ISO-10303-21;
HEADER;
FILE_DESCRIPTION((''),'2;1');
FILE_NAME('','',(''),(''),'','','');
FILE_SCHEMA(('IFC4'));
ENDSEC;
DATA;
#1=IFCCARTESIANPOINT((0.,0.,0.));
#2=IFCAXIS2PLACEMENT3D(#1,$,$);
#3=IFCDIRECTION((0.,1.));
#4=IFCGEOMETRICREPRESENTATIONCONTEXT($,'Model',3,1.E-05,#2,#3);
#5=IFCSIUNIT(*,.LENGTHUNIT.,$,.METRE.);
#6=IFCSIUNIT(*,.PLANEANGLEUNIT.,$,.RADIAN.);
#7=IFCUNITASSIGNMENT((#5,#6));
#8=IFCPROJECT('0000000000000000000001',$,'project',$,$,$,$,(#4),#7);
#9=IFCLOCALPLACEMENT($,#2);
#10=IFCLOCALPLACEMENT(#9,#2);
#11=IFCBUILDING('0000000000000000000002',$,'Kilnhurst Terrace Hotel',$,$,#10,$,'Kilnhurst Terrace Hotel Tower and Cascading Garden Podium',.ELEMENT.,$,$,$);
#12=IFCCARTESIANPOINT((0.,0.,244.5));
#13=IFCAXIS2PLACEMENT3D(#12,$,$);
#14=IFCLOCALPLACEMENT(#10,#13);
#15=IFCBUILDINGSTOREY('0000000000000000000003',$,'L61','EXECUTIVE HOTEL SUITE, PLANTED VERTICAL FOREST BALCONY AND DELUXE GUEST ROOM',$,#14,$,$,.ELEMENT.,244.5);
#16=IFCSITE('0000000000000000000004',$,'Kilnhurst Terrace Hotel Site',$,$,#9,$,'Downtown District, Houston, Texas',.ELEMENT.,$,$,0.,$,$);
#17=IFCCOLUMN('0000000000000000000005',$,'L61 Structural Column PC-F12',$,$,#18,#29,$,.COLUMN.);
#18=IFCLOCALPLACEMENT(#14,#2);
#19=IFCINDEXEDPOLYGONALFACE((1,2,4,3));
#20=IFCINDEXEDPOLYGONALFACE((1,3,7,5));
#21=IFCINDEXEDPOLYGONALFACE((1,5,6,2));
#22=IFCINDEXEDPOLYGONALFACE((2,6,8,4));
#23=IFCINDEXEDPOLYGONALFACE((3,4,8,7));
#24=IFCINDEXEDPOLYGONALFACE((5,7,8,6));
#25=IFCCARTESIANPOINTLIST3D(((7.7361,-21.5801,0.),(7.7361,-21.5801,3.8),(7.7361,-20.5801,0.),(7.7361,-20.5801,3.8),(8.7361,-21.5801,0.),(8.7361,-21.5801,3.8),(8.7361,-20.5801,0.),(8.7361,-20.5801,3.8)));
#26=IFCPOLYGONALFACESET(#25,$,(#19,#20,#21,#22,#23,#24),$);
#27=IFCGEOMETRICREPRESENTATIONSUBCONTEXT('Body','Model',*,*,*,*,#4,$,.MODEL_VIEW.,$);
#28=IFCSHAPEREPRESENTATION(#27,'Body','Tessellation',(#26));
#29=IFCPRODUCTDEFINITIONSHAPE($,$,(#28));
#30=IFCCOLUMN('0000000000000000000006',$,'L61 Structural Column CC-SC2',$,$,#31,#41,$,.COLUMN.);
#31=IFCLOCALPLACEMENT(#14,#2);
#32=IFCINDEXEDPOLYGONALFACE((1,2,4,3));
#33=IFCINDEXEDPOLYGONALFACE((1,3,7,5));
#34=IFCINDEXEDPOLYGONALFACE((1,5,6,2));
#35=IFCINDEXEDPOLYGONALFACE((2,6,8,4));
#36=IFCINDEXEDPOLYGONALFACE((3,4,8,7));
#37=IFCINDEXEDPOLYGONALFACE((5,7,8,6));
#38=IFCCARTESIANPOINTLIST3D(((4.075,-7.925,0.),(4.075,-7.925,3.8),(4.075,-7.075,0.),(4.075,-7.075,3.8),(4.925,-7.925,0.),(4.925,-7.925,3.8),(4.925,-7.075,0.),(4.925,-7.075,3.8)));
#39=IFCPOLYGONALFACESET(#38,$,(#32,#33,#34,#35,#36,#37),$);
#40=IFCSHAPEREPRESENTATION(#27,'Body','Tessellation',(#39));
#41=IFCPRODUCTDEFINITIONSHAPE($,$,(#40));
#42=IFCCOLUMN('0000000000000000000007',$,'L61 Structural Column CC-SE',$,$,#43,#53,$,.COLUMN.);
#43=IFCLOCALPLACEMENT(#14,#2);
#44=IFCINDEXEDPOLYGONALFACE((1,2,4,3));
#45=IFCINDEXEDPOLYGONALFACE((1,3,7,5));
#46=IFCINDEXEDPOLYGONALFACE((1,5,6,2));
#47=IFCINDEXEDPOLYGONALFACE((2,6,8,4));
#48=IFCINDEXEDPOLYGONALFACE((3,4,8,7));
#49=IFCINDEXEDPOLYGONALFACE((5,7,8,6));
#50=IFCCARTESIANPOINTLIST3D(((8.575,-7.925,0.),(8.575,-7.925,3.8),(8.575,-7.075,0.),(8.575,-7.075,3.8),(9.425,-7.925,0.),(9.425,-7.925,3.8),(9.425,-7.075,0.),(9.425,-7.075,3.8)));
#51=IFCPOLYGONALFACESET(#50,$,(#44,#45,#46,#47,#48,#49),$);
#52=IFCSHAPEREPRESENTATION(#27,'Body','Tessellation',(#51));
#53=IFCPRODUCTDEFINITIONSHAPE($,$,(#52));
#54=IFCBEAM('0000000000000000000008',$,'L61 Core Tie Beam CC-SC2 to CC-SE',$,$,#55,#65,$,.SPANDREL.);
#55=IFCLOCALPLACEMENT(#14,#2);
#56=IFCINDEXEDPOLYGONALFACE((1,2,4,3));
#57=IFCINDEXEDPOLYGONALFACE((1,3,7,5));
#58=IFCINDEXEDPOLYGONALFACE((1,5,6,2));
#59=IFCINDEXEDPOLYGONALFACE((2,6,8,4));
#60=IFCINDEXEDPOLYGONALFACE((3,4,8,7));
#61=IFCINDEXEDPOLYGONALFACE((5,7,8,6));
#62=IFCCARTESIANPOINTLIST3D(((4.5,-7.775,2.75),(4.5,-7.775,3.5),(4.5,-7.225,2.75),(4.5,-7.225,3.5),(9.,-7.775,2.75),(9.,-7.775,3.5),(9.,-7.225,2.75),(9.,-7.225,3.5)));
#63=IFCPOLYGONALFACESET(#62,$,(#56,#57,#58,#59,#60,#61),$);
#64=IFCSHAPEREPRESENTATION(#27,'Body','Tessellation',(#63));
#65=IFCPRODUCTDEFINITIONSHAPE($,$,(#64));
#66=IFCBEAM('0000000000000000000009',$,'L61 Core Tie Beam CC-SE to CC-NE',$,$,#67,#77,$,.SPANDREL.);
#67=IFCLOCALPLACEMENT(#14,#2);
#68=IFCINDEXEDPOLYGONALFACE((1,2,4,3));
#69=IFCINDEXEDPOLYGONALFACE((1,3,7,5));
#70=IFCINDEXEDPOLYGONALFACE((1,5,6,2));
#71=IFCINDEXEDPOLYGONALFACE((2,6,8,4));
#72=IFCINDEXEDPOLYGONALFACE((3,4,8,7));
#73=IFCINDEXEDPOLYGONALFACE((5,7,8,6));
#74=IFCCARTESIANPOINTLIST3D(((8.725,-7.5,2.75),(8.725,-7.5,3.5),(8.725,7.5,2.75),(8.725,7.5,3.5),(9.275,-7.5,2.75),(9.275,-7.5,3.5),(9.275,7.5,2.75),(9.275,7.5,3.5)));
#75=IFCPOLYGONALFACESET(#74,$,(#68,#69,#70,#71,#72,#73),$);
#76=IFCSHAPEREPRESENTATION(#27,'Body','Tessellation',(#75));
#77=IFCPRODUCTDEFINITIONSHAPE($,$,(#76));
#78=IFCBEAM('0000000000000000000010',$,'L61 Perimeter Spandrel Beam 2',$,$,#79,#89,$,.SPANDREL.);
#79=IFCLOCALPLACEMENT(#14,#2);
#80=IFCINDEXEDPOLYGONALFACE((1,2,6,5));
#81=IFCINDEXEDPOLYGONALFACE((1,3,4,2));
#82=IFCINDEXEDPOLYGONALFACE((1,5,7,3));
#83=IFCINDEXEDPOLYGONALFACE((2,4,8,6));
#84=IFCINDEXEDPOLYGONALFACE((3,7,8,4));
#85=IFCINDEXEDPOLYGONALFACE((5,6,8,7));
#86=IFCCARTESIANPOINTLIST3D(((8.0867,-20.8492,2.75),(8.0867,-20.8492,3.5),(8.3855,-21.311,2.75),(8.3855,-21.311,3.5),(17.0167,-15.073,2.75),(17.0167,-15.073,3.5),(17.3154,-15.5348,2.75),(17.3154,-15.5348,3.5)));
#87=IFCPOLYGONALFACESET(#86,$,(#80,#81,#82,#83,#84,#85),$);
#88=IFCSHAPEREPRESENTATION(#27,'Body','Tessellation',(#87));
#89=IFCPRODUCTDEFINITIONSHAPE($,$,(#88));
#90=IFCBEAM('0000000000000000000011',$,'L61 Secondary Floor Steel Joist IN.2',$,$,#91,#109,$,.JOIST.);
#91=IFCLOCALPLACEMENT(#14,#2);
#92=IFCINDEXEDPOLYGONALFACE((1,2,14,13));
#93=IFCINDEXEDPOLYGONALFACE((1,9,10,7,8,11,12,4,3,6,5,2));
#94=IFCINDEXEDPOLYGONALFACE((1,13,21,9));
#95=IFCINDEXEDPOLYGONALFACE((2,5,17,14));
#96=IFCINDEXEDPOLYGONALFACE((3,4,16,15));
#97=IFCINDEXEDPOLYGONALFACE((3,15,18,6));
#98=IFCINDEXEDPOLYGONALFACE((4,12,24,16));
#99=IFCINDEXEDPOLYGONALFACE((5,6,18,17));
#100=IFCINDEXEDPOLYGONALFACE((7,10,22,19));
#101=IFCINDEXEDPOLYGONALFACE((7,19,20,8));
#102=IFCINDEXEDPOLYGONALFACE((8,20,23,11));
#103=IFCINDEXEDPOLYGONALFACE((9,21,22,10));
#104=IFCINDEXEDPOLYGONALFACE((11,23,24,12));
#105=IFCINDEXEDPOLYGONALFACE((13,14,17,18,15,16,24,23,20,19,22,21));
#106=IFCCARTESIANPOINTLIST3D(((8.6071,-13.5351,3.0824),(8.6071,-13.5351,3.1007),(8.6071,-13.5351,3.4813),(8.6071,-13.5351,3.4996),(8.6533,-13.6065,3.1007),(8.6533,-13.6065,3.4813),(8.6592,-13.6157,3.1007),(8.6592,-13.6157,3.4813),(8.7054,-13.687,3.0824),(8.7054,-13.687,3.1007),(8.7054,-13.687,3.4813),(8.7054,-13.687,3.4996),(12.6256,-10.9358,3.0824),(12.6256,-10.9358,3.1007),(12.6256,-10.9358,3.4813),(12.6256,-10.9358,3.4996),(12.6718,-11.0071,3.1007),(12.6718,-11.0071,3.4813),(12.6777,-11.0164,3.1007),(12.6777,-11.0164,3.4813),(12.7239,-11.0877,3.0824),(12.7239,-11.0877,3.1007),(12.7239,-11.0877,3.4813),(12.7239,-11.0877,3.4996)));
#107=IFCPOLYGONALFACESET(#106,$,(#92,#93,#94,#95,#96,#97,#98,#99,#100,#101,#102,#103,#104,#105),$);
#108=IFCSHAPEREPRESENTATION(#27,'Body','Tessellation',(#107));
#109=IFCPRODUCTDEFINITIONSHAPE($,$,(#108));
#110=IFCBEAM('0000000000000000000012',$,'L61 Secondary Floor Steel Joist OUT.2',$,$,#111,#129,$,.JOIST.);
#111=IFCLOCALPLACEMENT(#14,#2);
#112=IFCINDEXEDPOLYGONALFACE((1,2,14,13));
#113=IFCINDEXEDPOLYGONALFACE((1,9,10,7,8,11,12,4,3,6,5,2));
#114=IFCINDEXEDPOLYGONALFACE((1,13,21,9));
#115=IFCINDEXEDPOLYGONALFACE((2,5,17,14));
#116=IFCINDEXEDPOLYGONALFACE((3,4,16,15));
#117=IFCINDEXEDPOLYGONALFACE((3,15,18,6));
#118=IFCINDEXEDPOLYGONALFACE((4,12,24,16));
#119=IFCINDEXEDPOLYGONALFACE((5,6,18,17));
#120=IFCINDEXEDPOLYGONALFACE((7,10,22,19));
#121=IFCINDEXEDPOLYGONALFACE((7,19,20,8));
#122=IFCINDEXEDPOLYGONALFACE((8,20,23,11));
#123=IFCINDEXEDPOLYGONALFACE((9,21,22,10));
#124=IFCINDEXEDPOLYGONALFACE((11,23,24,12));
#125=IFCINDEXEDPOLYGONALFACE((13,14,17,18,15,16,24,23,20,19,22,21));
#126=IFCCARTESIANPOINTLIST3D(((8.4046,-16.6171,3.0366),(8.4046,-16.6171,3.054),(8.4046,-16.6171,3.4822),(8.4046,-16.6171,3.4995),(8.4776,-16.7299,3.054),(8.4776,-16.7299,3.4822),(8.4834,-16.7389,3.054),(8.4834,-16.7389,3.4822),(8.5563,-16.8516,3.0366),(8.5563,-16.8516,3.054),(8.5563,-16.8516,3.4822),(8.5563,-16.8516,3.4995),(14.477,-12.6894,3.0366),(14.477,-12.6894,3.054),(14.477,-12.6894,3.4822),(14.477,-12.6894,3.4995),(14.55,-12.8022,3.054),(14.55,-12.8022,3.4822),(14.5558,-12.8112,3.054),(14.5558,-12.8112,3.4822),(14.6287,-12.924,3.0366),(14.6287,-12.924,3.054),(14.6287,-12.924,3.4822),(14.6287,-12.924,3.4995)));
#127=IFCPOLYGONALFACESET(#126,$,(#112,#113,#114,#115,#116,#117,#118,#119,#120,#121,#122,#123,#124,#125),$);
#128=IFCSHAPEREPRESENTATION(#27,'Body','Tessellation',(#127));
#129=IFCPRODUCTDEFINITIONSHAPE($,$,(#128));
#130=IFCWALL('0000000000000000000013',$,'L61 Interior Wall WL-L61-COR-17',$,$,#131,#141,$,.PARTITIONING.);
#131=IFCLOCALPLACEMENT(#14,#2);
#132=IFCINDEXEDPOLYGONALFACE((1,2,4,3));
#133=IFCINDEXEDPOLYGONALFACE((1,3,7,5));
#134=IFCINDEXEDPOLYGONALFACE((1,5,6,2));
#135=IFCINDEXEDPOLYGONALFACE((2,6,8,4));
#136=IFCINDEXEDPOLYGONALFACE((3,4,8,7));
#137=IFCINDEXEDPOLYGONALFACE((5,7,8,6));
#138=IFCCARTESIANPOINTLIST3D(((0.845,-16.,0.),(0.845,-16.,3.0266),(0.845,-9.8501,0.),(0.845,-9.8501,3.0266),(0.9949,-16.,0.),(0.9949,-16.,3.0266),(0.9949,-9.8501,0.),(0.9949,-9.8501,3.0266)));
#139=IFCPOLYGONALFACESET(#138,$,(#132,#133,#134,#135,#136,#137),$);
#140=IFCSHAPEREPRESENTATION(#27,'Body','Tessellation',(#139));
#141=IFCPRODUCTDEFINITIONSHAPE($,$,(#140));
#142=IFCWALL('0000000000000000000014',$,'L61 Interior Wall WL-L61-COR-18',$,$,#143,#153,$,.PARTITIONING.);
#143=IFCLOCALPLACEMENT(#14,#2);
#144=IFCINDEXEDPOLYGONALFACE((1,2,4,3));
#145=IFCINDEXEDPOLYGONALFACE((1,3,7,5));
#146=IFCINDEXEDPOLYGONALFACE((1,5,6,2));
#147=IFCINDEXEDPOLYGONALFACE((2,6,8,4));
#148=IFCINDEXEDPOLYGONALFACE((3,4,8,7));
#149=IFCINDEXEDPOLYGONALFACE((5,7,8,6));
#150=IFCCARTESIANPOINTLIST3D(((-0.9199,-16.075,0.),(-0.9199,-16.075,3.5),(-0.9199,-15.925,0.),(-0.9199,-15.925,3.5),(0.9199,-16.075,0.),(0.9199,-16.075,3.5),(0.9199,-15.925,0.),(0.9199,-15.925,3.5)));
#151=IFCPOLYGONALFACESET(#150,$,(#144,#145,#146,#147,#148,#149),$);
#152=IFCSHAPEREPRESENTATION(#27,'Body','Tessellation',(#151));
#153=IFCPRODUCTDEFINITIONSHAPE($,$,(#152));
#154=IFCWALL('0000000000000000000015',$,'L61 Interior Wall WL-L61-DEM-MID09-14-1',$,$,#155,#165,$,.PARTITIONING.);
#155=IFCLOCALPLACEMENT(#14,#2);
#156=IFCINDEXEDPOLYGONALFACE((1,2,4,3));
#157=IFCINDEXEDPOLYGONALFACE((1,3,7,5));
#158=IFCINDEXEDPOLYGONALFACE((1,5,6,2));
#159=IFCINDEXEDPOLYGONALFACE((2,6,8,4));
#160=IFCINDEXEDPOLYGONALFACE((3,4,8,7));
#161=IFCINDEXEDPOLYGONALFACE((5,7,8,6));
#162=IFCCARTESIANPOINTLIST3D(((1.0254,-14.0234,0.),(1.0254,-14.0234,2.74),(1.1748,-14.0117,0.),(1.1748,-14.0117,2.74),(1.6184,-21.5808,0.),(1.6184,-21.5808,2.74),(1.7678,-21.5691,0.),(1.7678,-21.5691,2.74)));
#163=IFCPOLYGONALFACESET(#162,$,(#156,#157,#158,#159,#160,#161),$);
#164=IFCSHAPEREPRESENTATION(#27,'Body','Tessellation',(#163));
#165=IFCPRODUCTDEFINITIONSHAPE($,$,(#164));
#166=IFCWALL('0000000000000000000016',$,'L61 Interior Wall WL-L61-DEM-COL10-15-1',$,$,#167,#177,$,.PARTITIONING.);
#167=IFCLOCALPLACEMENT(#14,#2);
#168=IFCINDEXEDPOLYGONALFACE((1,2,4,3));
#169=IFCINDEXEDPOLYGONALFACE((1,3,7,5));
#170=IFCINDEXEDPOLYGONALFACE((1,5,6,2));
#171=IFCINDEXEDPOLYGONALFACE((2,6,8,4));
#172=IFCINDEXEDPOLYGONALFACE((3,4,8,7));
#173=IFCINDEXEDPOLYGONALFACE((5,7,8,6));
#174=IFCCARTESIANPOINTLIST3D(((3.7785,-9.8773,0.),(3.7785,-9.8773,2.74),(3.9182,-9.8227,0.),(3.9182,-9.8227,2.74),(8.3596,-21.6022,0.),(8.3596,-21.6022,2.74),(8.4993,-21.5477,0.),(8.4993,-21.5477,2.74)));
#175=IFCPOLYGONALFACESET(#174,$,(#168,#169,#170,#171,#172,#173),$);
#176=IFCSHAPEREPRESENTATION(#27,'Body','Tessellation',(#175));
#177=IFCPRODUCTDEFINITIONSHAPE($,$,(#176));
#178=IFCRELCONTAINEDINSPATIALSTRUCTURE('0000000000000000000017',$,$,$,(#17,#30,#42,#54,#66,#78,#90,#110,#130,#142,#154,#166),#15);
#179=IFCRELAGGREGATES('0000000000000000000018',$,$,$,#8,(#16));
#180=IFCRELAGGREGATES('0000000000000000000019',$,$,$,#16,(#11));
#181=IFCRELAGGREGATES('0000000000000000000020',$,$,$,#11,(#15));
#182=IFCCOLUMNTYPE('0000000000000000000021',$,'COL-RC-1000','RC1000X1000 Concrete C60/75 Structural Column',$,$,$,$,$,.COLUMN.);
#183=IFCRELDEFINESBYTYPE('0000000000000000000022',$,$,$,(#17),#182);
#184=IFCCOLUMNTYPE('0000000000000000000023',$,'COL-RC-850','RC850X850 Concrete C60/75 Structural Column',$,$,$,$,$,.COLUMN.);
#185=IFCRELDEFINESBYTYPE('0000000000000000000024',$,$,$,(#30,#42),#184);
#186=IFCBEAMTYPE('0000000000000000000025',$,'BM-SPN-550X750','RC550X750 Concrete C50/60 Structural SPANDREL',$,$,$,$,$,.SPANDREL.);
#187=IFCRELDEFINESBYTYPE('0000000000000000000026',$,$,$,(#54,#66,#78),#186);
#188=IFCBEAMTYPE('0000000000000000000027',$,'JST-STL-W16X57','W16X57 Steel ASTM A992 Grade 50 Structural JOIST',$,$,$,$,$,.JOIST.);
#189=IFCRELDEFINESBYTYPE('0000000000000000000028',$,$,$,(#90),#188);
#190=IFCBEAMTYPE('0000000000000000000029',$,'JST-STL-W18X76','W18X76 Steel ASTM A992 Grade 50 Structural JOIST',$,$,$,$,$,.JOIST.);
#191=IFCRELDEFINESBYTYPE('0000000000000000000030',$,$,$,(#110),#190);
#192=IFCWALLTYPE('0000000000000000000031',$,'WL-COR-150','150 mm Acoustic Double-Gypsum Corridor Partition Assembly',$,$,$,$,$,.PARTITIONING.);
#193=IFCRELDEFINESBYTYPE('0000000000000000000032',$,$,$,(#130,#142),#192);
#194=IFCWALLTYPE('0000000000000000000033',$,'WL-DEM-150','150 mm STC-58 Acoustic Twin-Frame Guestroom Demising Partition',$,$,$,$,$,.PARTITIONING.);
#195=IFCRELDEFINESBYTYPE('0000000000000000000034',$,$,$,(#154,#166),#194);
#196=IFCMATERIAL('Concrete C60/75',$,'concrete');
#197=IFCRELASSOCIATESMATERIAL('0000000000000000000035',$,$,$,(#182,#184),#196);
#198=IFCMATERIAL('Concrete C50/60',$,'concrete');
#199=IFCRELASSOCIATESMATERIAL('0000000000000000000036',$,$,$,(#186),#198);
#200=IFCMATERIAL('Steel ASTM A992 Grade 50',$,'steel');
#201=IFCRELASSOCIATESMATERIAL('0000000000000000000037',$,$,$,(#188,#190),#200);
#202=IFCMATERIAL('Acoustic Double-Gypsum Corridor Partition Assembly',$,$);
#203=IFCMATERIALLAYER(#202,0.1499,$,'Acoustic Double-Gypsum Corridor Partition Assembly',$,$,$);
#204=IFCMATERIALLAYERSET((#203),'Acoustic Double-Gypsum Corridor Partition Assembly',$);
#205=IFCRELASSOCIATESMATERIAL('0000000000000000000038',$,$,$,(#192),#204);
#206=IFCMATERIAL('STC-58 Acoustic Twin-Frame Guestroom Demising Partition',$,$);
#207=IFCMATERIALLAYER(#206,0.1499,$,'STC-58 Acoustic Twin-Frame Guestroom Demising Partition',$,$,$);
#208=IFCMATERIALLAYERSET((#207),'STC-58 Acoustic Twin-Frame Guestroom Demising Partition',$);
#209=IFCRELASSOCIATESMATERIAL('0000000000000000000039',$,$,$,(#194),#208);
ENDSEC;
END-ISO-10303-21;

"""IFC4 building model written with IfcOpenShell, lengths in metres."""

from ifc_helpers import new_model, si_unit, direction, frame, frame_2d, origin, origin_2d, place, context, subcontext, project, spatial, rectangle, i_section, extrude, material, layer, layer_set, material_profile, profile_set, type_object, element, save


model = new_model("IFC4")

# Units and contexts
model_context = context("Model", 3, precision=1e-05, world=origin(), true_north=direction((0.0, 1.0)))
body_context = subcontext(model_context, "Body", "Model", "MODEL_VIEW")
ifc_project = project(units=[si_unit("LENGTHUNIT", "METRE"), si_unit("PLANEANGLEUNIT", "RADIAN")], contexts=[model_context])

# Site, building, storey
site_placement = place(None, origin())
site = spatial("IfcSite", under=ifc_project, at=site_placement, Name="Kilnhurst Terrace Hotel Site", LongName="Downtown District, Houston, Texas", CompositionType="ELEMENT", RefElevation=0.0)
building_placement = place(site_placement, origin())
building = spatial("IfcBuilding", under=site, at=building_placement, Name="Kilnhurst Terrace Hotel", LongName="Kilnhurst Terrace Hotel Tower and Cascading Garden Podium", CompositionType="ELEMENT")
storey_placement = place(building_placement, frame((0.0, 0.0, 244.5)))
storey = spatial("IfcBuildingStorey", under=building, at=storey_placement, Name="L61", Description="EXECUTIVE HOTEL SUITE, PLANTED VERTICAL FOREST BALCONY AND DELUXE GUEST ROOM", CompositionType="ELEMENT", Elevation=244.5)

# Columns
ifc_material_1 = material(Name="Concrete C60/75", Category="concrete")
ifc_material_profile_1 = material_profile(ifc_material_1, rectangle(XDim=1.0, YDim=1.0, at=origin_2d()), Name="RC1000X1000")
ifc_profile_set_1 = profile_set([ifc_material_profile_1], Name="Concrete C60/75")
column_type_1 = type_object("IfcColumnType", Name="COL-RC-1000", Description="RC1000X1000 Concrete C60/75 Structural Column", PredefinedType="COLUMN", material=ifc_profile_set_1)
column_placement = place(storey_placement, frame((8.2361, -21.0801, 0.0), z_axis=(0.0, 0.0, 1.0), x_axis=(1.0, 0.0, 0.0)))
element("IfcColumn", 1, at=column_placement, inside=storey, type_object=column_type_1, Name="L61 Structural Column PC-F12", PredefinedType="COLUMN", context=body_context, shape_type="SweptSolid", body=[
    extrude(rectangle(XDim=1.0, YDim=1.0, at=origin_2d()), origin(), (0.0, 0.0, 1.0), 3.8),
])
ifc_material_profile_2 = material_profile(ifc_material_1, rectangle(XDim=0.8501, YDim=0.8501, at=origin_2d()), Name="RC850X850")
ifc_profile_set_2 = profile_set([ifc_material_profile_2], Name="Concrete C60/75")
column_type_2 = type_object("IfcColumnType", Name="COL-RC-850", Description="RC850X850 Concrete C60/75 Structural Column", PredefinedType="COLUMN", material=ifc_profile_set_2)
for number, where, z_axis, x_axis, name in (
    (2, (4.5, -7.5, 0.0), (0.0, 0.0, 1.0), (1.0, 0.0, 0.0), "L61 Structural Column CC-SC2"),
    (3, (9.0, -7.5, 0.0), (0.0, 0.0, 1.0), (1.0, 0.0, 0.0), "L61 Structural Column CC-SE"),
):
    element("IfcColumn", number, at=place(storey_placement, frame(where, z_axis=z_axis, x_axis=x_axis)), inside=storey, type_object=column_type_2, Name=name, PredefinedType="COLUMN", context=body_context, shape_type="SweptSolid", body=[
        extrude(rectangle(XDim=0.8501, YDim=0.8501, at=origin_2d()), origin(), (0.0, 0.0, 1.0), 3.8),
    ])

# Beams
ifc_material_2 = material(Name="Concrete C50/60", Category="concrete")
ifc_material_profile_3 = material_profile(ifc_material_2, rectangle(XDim=0.55, YDim=0.75, at=origin_2d()), Name="RC550X750")
ifc_profile_set_3 = profile_set([ifc_material_profile_3], Name="Concrete C50/60")
beam_type_1 = type_object("IfcBeamType", Name="BM-SPN-550X750", Description="RC550X750 Concrete C50/60 Structural SPANDREL", PredefinedType="SPANDREL", material=ifc_profile_set_3)
beam_1_placement = place(storey_placement, frame((4.5, -7.5, 3.125), z_axis=(1.0, 0.0, 0.0), x_axis=(0.0, 1.0, 0.0)))
element("IfcBeam", 4, at=beam_1_placement, inside=storey, type_object=beam_type_1, Name="L61 Core Tie Beam CC-SC2 to CC-SE", PredefinedType="SPANDREL", context=body_context, shape_type="SweptSolid", body=[
    extrude(rectangle(XDim=0.55, YDim=0.75, at=origin_2d()), origin(), (0.0, 0.0, 1.0), 4.5),
])
beam_2_placement = place(storey_placement, frame((9.0, -7.5, 3.125), z_axis=(0.0, 1.0, 0.0), x_axis=(-1.0, 0.0, 0.0)))
element("IfcBeam", 5, at=beam_2_placement, inside=storey, type_object=beam_type_1, Name="L61 Core Tie Beam CC-SE to CC-NE", PredefinedType="SPANDREL", context=body_context, shape_type="SweptSolid", body=[
    extrude(rectangle(XDim=0.55, YDim=0.75, at=origin_2d()), origin(), (0.0, 0.0, 1.0), 15.0),
])
beam_3_placement = place(storey_placement, frame((8.2361, -21.0801, 3.125), z_axis=(0.839659, 0.543114, 0.0), x_axis=(-0.543114, 0.839659, 0.0)))
element("IfcBeam", 6, at=beam_3_placement, inside=storey, type_object=beam_type_1, Name="L61 Perimeter Spandrel Beam 2", PredefinedType="SPANDREL", context=body_context, shape_type="SweptSolid", body=[
    extrude(rectangle(XDim=0.55, YDim=0.75, at=origin_2d()), origin(), (0.0, 0.0, 1.0), 10.6353),
])
ifc_material_3 = material(Name="Steel ASTM A992 Grade 50", Category="steel")
ifc_material_profile_4 = material_profile(ifc_material_3, i_section(OverallWidth=0.1809, OverallDepth=0.4172, WebThickness=0.011, FlangeThickness=0.0183, at=origin_2d()), Name="W16X57")
ifc_profile_set_4 = profile_set([ifc_material_profile_4], Name="Steel ASTM A992 Grade 50")
beam_type_2 = type_object("IfcBeamType", Name="JST-STL-W16X57", Description="W16X57 Steel ASTM A992 Grade 50 Structural JOIST", PredefinedType="JOIST", material=ifc_profile_set_4)
beam_4_placement = place(storey_placement, frame((8.6562, -13.6111, 3.291), z_axis=(0.839654, 0.543122, 0.0), x_axis=(-0.543122, 0.839654, 0.0)))
element("IfcBeam", 7, at=beam_4_placement, inside=storey, type_object=beam_type_2, Name="L61 Secondary Floor Steel Joist IN.2", PredefinedType="JOIST", context=body_context, shape_type="SweptSolid", body=[
    extrude(i_section(OverallWidth=0.1809, OverallDepth=0.4172, WebThickness=0.011, FlangeThickness=0.0183, at=origin_2d()), origin(), (0.0, 0.0, 1.0), 4.7859),
])
ifc_material_profile_5 = material_profile(ifc_material_3, i_section(OverallWidth=0.2793, OverallDepth=0.4629, WebThickness=0.0107, FlangeThickness=0.0173, at=origin_2d()), Name="W18X76")
ifc_profile_set_5 = profile_set([ifc_material_profile_5], Name="Steel ASTM A992 Grade 50")
beam_type_3 = type_object("IfcBeamType", Name="JST-STL-W18X76", Description="W18X76 Steel ASTM A992 Grade 50 Structural JOIST", PredefinedType="JOIST", material=ifc_profile_set_5)
beam_5_placement = place(storey_placement, frame((8.4805, -16.7344, 3.2681), z_axis=(0.839667, 0.543101, 0.0), x_axis=(-0.543101, 0.839667, 0.0)))
element("IfcBeam", 8, at=beam_5_placement, inside=storey, type_object=beam_type_3, Name="L61 Secondary Floor Steel Joist OUT.2", PredefinedType="JOIST", context=body_context, shape_type="SweptSolid", body=[
    extrude(i_section(OverallWidth=0.2793, OverallDepth=0.4629, WebThickness=0.0107, FlangeThickness=0.0173, at=origin_2d()), origin(), (0.0, 0.0, 1.0), 7.2319),
])

# Walls
ifc_material_4 = material(Name="Acoustic Double-Gypsum Corridor Partition Assembly")
ifc_layer_1 = layer(ifc_material_4, 0.1499, Name="Acoustic Double-Gypsum Corridor Partition Assembly")
ifc_layer_set_1 = layer_set([ifc_layer_1], Name="Acoustic Double-Gypsum Corridor Partition Assembly")
wall_type_1 = type_object("IfcWallType", Name="WL-COR-150", Description="150 mm Acoustic Double-Gypsum Corridor Partition Assembly", PredefinedType="PARTITIONING", material=ifc_layer_set_1)
wall_1_placement = place(storey_placement, frame((0.9199, -9.8501, 0.0), z_axis=(0.0, 0.0, 1.0), x_axis=(0.0, -1.0, 0.0)))
element("IfcWall", 9, at=wall_1_placement, inside=storey, type_object=wall_type_1, Name="L61 Interior Wall WL-L61-COR-17", PredefinedType="PARTITIONING", context=body_context, shape_type="SweptSolid", body=[
    extrude(rectangle(XDim=6.1499, YDim=0.1499, at=frame_2d((3.075, 0.0))), origin(), (0.0, 0.0, 1.0), 3.0266),
])
wall_2_placement = place(storey_placement, frame((0.9199, -16.0, 0.0), z_axis=(0.0, 0.0, 1.0), x_axis=(-1.0, 0.0, 0.0)))
element("IfcWall", 10, at=wall_2_placement, inside=storey, type_object=wall_type_1, Name="L61 Interior Wall WL-L61-COR-18", PredefinedType="PARTITIONING", context=body_context, shape_type="SweptSolid", body=[
    extrude(rectangle(XDim=1.8398, YDim=0.1499, at=frame_2d((0.9199, 0.0))), origin(), (0.0, 0.0, 1.0), 3.5),
])
ifc_material_5 = material(Name="STC-58 Acoustic Twin-Frame Guestroom Demising Partition")
ifc_layer_2 = layer(ifc_material_5, 0.1499, Name="STC-58 Acoustic Twin-Frame Guestroom Demising Partition")
ifc_layer_set_2 = layer_set([ifc_layer_2], Name="STC-58 Acoustic Twin-Frame Guestroom Demising Partition")
wall_type_2 = type_object("IfcWallType", Name="WL-DEM-150", Description="150 mm STC-58 Acoustic Twin-Frame Guestroom Demising Partition", PredefinedType="PARTITIONING", material=ifc_layer_set_2)
wall_3_placement = place(storey_placement, frame((1.1001, -14.0176, 0.0), z_axis=(0.0, 0.0, 1.0), x_axis=(0.078228, -0.996935, 0.0)))
element("IfcWall", 11, at=wall_3_placement, inside=storey, type_object=wall_type_2, Name="L61 Interior Wall WL-L61-DEM-MID09-14-1", PredefinedType="PARTITIONING", context=body_context, shape_type="SweptSolid", body=[
    extrude(rectangle(XDim=7.5806, YDim=0.1499, at=frame_2d((3.7903, 0.0))), origin(), (0.0, 0.0, 1.0), 2.74),
])
wall_4_placement = place(storey_placement, frame((3.8484, -9.8501, 0.0), z_axis=(0.0, 0.0, 1.0), x_axis=(0.363922, -0.93143, 0.0)))
element("IfcWall", 12, at=wall_4_placement, inside=storey, type_object=wall_type_2, Name="L61 Interior Wall WL-L61-DEM-COL10-15-1", PredefinedType="PARTITIONING", context=body_context, shape_type="SweptSolid", body=[
    extrude(rectangle(XDim=12.5881, YDim=0.1499, at=frame_2d((6.2939, 0.0))), origin(), (0.0, 0.0, 1.0), 2.74),
])

save(model, "model.ifc")
